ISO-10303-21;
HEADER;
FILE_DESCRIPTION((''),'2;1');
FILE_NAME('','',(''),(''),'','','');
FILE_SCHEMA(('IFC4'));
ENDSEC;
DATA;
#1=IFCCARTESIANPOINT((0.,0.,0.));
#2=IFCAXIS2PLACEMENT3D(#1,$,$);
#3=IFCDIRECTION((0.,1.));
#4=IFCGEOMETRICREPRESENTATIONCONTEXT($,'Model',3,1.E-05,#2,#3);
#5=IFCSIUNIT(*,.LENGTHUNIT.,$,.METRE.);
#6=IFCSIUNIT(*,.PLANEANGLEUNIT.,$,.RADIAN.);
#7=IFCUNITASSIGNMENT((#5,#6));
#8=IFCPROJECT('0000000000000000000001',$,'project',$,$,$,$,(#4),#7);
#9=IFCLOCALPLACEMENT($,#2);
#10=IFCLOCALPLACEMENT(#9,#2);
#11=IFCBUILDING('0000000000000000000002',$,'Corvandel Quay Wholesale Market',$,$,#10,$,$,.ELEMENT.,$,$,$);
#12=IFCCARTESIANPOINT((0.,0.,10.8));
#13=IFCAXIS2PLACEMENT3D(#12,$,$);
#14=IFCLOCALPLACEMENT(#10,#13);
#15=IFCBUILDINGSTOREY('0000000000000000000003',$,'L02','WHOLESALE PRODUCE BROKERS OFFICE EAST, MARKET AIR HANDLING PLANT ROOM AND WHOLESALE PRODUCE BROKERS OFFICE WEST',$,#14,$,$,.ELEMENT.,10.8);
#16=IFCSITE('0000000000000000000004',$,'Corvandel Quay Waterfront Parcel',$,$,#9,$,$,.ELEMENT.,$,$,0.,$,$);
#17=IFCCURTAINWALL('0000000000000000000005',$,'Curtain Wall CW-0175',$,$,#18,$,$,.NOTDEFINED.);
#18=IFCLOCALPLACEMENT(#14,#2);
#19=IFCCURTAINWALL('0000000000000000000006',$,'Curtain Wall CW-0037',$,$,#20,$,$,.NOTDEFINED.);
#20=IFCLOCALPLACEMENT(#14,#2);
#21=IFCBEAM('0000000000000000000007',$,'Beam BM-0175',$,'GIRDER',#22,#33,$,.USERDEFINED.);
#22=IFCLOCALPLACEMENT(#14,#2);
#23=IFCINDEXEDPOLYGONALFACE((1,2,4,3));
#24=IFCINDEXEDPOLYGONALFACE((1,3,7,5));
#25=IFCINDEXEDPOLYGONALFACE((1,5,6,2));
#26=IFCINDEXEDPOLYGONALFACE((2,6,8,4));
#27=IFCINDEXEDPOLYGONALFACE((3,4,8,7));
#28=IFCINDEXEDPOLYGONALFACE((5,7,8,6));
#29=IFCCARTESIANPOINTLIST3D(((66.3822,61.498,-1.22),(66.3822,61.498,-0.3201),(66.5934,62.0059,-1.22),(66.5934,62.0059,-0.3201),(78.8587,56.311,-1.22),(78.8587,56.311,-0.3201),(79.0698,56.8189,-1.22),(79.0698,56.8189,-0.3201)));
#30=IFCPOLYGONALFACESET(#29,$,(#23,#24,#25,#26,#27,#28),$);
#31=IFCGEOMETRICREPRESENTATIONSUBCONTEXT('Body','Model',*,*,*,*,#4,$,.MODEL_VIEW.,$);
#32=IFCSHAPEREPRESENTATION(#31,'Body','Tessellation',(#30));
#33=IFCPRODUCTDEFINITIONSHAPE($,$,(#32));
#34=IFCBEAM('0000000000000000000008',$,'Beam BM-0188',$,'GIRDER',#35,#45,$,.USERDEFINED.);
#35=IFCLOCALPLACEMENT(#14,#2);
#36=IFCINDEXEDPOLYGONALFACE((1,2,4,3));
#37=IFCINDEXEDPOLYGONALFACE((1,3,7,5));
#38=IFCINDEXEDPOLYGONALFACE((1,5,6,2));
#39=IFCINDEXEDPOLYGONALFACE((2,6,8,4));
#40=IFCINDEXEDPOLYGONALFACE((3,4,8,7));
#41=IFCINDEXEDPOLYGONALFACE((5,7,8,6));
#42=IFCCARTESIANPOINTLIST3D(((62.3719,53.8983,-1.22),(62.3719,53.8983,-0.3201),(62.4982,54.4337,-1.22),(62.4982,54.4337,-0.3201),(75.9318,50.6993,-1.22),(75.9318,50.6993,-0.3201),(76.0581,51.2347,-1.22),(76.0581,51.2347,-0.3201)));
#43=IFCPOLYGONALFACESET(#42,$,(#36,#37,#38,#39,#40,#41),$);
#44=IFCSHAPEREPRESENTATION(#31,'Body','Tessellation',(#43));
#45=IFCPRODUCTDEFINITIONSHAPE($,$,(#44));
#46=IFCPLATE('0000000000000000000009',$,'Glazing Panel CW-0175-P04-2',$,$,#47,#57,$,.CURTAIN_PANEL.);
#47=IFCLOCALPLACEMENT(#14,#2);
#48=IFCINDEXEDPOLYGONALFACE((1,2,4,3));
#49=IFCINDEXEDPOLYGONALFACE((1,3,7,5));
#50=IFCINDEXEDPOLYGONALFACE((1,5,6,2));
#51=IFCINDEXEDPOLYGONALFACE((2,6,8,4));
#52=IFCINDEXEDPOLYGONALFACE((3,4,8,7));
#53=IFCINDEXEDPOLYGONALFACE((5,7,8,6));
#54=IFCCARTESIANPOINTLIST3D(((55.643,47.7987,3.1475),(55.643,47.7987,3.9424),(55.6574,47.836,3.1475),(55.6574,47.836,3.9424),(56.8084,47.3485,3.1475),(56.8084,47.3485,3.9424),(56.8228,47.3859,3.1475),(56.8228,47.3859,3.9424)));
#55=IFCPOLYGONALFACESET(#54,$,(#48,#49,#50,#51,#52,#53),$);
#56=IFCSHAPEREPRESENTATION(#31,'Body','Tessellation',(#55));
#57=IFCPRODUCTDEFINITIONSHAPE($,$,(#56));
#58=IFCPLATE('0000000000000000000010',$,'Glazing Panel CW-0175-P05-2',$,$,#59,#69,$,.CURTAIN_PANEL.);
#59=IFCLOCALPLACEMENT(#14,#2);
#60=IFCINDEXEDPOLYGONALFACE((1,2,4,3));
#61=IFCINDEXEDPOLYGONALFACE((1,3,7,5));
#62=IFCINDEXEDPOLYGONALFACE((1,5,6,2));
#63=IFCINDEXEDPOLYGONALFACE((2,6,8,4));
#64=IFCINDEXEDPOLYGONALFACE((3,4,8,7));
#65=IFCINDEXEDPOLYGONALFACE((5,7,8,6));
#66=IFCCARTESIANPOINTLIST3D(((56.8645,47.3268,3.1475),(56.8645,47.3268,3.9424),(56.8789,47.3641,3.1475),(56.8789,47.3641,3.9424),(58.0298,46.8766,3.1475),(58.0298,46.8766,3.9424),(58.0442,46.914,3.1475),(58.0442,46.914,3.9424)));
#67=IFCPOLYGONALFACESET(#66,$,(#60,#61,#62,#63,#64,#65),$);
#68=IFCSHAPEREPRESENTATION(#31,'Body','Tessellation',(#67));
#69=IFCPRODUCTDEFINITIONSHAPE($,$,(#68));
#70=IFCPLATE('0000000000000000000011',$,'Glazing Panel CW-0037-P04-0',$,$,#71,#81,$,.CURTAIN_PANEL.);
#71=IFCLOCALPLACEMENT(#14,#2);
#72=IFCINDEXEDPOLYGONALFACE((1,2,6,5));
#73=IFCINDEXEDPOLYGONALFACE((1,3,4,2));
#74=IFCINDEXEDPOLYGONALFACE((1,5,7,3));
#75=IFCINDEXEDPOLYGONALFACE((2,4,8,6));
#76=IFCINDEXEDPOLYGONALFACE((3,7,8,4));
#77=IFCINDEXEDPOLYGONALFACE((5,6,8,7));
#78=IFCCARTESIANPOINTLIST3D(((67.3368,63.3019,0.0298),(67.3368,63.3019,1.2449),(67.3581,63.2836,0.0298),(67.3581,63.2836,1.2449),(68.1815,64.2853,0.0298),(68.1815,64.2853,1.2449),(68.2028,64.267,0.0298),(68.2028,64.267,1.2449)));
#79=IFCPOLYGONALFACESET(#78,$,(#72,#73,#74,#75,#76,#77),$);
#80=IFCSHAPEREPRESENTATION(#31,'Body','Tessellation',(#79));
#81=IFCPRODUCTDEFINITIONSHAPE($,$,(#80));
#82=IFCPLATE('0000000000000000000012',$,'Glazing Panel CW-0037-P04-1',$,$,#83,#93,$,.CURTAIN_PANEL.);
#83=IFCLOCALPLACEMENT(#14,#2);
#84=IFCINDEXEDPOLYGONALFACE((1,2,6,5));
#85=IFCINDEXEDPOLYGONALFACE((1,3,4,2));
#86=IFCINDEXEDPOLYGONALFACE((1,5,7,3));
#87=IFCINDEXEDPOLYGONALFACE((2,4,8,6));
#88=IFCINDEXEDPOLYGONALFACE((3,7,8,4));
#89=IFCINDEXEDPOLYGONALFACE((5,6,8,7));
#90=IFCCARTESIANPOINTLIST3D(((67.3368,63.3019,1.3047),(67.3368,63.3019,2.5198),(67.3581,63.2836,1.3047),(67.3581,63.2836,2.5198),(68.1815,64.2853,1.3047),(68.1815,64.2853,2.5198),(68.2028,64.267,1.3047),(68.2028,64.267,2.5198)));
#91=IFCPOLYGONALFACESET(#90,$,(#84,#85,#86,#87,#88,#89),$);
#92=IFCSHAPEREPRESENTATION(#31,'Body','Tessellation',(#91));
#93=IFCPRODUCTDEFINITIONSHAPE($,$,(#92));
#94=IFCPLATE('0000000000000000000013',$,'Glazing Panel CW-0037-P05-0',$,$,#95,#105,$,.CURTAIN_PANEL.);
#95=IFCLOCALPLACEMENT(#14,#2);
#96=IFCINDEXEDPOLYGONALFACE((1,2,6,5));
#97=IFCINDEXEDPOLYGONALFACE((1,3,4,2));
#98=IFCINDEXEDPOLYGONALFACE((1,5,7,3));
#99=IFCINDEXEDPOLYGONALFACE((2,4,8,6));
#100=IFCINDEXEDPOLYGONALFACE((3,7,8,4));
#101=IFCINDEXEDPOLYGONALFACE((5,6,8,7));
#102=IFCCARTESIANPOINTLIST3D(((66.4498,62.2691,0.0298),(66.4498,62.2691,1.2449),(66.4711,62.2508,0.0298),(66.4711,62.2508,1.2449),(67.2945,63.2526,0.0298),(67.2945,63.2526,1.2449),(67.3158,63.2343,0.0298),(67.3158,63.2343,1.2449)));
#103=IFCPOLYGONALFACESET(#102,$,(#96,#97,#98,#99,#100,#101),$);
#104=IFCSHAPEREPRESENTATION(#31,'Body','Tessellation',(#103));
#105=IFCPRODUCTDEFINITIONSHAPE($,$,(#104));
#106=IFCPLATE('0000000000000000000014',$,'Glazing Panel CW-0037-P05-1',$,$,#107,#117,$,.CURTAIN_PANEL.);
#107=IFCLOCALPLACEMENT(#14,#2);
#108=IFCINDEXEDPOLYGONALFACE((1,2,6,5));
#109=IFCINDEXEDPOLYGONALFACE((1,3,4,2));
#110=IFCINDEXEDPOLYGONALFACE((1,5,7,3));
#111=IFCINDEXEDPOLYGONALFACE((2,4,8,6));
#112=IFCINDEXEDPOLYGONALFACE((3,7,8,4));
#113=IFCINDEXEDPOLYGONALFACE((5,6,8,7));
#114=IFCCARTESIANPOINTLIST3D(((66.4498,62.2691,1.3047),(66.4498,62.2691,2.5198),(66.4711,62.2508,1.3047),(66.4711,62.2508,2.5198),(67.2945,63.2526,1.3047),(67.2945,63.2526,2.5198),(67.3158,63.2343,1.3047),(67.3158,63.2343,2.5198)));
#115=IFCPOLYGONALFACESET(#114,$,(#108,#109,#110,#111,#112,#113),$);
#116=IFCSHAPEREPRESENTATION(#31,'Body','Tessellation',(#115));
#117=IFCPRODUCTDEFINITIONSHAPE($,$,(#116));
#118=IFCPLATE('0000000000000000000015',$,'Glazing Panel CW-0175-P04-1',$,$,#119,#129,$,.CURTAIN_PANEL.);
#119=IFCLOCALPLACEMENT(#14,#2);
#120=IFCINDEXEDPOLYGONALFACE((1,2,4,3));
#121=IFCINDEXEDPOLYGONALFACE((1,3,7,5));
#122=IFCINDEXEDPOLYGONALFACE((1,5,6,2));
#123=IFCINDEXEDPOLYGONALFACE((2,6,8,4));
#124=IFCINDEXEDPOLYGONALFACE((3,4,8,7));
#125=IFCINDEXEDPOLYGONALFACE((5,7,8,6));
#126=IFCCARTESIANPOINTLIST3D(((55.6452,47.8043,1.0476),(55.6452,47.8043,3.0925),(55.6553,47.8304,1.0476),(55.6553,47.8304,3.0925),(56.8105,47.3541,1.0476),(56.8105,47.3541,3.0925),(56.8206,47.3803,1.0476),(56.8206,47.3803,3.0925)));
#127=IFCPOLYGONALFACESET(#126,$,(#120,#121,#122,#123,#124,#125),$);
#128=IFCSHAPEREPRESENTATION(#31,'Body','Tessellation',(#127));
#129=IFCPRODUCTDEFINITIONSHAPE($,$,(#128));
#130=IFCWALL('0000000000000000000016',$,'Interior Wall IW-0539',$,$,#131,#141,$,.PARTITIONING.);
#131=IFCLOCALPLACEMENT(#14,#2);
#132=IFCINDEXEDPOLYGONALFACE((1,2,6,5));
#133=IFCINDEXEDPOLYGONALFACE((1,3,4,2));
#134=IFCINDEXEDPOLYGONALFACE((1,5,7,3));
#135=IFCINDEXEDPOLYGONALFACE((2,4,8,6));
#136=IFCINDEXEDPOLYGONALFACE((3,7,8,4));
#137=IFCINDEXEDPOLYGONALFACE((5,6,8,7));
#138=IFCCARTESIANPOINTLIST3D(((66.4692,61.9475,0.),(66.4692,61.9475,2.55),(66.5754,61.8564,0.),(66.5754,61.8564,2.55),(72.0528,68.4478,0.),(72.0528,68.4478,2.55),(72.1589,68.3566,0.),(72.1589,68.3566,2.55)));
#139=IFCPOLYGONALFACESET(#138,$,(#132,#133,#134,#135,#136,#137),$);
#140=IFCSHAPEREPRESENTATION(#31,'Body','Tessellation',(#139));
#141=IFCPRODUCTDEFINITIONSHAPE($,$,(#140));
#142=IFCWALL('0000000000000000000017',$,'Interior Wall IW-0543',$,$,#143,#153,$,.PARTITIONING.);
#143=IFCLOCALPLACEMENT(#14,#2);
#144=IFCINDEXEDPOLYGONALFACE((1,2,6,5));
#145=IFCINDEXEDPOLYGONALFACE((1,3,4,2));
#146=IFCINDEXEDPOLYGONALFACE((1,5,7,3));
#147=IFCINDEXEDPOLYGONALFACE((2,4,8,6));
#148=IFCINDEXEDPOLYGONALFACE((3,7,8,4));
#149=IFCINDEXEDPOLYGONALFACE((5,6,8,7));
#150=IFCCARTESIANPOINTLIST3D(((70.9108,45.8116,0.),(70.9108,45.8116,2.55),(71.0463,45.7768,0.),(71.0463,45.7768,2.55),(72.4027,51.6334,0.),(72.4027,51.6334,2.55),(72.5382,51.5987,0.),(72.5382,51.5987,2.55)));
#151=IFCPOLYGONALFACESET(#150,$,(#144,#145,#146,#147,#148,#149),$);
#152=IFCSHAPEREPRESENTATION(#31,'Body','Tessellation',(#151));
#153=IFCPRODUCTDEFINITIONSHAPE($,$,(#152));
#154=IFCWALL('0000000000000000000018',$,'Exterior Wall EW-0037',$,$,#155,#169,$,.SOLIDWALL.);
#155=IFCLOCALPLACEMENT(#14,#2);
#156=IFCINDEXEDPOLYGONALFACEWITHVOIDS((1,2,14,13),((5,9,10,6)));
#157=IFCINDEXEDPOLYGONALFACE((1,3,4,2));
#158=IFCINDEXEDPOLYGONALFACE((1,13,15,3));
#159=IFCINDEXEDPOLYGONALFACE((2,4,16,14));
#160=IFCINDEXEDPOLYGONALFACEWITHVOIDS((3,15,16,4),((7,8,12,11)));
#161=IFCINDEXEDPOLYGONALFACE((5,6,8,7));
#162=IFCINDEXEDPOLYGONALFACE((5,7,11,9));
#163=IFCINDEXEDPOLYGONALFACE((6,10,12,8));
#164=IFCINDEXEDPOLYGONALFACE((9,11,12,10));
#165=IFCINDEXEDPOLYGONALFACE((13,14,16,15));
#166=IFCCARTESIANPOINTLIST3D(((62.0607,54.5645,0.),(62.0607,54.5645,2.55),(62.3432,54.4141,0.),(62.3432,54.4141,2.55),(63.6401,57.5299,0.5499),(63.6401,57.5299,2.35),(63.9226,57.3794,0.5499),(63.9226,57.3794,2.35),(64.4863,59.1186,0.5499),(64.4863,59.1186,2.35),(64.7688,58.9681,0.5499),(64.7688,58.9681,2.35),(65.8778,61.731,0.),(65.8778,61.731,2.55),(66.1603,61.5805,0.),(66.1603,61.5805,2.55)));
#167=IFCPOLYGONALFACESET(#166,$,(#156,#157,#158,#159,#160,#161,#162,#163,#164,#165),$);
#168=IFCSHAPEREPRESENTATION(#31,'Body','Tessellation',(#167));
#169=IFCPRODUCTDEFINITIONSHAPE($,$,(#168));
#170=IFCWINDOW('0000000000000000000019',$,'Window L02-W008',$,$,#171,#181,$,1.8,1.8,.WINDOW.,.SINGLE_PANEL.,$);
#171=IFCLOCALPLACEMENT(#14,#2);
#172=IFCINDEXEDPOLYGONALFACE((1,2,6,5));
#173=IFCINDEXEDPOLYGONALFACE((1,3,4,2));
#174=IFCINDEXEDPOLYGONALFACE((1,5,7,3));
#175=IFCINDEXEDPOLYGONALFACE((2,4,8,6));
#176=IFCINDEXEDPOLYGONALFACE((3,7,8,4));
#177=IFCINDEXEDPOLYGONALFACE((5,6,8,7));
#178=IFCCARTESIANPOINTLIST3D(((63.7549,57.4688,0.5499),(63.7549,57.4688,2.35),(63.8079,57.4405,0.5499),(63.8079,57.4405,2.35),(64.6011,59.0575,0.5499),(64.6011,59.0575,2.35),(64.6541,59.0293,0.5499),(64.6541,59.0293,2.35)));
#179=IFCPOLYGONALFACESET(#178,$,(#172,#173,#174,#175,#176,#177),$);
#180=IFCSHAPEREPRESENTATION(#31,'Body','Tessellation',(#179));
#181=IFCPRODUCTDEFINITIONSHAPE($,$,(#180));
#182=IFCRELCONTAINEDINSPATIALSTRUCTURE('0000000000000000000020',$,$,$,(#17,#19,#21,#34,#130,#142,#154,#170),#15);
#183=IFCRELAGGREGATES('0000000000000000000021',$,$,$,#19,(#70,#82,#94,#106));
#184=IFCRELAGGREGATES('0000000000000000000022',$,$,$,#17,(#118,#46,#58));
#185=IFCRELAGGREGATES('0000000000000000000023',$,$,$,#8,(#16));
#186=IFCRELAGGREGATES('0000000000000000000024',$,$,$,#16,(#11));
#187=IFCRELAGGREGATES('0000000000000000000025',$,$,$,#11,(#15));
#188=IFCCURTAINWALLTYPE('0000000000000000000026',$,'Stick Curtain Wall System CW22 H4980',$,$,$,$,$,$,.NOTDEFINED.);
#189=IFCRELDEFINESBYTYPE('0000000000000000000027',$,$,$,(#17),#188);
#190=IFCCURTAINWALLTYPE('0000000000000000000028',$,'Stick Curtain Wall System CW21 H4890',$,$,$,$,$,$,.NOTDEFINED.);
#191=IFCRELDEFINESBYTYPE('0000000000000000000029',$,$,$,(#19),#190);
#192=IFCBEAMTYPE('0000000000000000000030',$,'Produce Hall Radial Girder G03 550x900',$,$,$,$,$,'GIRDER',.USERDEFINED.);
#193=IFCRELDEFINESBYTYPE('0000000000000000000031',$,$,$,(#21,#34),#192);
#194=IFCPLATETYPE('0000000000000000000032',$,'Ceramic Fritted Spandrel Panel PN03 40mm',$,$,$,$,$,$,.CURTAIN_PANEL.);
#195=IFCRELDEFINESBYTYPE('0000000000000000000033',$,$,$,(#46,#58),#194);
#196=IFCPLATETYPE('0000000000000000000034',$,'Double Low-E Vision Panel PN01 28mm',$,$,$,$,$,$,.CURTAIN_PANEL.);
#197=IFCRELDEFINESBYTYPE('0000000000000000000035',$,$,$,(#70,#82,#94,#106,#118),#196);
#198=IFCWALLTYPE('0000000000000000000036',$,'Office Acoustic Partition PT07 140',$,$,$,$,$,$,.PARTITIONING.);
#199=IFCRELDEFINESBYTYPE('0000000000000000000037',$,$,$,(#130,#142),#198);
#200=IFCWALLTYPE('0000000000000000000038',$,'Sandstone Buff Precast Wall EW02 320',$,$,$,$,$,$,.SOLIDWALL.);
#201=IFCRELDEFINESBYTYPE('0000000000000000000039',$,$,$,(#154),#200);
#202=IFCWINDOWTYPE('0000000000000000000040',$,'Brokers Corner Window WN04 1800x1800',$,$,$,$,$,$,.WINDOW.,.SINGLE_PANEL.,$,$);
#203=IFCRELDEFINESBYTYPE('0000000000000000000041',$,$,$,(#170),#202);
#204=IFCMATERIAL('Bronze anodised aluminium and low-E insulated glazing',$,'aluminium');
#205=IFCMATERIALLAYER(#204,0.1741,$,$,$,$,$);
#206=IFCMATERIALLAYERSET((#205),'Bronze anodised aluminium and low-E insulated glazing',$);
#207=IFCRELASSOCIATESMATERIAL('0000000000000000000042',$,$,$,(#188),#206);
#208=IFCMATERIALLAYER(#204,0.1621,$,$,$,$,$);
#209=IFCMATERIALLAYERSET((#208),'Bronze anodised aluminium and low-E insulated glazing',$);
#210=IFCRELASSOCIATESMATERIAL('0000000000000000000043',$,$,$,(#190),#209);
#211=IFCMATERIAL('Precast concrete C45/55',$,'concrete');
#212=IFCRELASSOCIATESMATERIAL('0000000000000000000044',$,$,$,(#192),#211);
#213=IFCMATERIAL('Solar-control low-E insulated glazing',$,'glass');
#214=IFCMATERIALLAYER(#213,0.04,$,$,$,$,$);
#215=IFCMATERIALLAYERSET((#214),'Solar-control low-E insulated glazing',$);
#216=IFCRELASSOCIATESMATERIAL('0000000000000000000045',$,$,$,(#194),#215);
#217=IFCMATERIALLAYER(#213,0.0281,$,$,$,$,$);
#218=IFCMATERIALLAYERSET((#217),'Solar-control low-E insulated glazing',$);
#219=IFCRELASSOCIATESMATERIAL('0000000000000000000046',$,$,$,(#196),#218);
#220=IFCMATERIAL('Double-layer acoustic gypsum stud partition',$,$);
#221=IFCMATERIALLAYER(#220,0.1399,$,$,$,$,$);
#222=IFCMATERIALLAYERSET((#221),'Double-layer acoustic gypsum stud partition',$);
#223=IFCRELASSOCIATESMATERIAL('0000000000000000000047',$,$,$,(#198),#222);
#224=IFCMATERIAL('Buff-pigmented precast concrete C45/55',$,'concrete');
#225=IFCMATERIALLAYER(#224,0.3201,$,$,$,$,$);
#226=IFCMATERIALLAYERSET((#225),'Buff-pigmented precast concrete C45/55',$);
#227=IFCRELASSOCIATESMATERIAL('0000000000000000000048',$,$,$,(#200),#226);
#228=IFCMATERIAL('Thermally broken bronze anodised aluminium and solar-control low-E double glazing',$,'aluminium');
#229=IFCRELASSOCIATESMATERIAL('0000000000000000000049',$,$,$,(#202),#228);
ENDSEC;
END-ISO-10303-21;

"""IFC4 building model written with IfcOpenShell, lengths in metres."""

from ifc_helpers import new_model, si_unit, direction, frame, frame_2d, origin, origin_2d, place, context, subcontext, project, spatial, rectangle, extrude, material, layer, layer_set, material_profile, profile_set, type_object, element, fill, aggregate, save


model = new_model("IFC4")

# Units and contexts
model_context = context("Model", 3, precision=1e-05, world=origin(), true_north=direction((0.0, 1.0)))
body_context = subcontext(model_context, "Body", "Model", "MODEL_VIEW")
ifc_project = project(units=[si_unit("LENGTHUNIT", "METRE"), si_unit("PLANEANGLEUNIT", "RADIAN")], contexts=[model_context])

# Site, building, storey
site_placement = place(None, origin())
site = spatial("IfcSite", under=ifc_project, at=site_placement, Name="Corvandel Quay Waterfront Parcel", CompositionType="ELEMENT", RefElevation=0.0)
building_placement = place(site_placement, origin())
building = spatial("IfcBuilding", under=site, at=building_placement, Name="Corvandel Quay Wholesale Market", CompositionType="ELEMENT")
storey_placement = place(building_placement, frame((0.0, 0.0, 10.8)))
storey = spatial("IfcBuildingStorey", under=building, at=storey_placement, Name="L02", Description="WHOLESALE PRODUCE BROKERS OFFICE EAST, MARKET AIR HANDLING PLANT ROOM AND WHOLESALE PRODUCE BROKERS OFFICE WEST", CompositionType="ELEMENT", Elevation=10.8)

# Shared definitions
ifc_material_1 = material(Name="Precast concrete C45/55", Category="concrete")

# Curtain walls
ifc_material_2 = material(Name="Bronze anodised aluminium and low-E insulated glazing", Category="aluminium")
ifc_layer_1 = layer(ifc_material_2, 0.1741)
ifc_layer_set_1 = layer_set([ifc_layer_1], Name="Bronze anodised aluminium and low-E insulated glazing")
curtain_wall_type_1 = type_object("IfcCurtainWallType", Name="Stick Curtain Wall System CW22 H4980", PredefinedType="NOTDEFINED", material=ifc_layer_set_1)
curtain_wall_1_placement = place(storey_placement, origin())
curtain_wall_1 = element("IfcCurtainWall", 1, at=curtain_wall_1_placement, inside=storey, type_object=curtain_wall_type_1, Name="Curtain Wall CW-0175", PredefinedType="NOTDEFINED")
ifc_layer_2 = layer(ifc_material_2, 0.1621)
ifc_layer_set_2 = layer_set([ifc_layer_2], Name="Bronze anodised aluminium and low-E insulated glazing")
curtain_wall_type_2 = type_object("IfcCurtainWallType", Name="Stick Curtain Wall System CW21 H4890", PredefinedType="NOTDEFINED", material=ifc_layer_set_2)
curtain_wall_2_placement = place(storey_placement, origin())
curtain_wall_2 = element("IfcCurtainWall", 2, at=curtain_wall_2_placement, inside=storey, type_object=curtain_wall_type_2, Name="Curtain Wall CW-0037", PredefinedType="NOTDEFINED")

# Beams
ifc_material_profile_1 = material_profile(ifc_material_1, rectangle(XDim=0.55, YDim=0.8999, at=origin_2d()), Name="PC-GIR-550x900")
ifc_profile_set_1 = profile_set([ifc_material_profile_1], Name="Precast concrete C45/55")
beam_type_1 = type_object("IfcBeamType", Name="Produce Hall Radial Girder G03 550x900", ElementType="GIRDER", PredefinedType="USERDEFINED", material=ifc_profile_set_1)
beam_1_placement = place(storey_placement, frame((66.4878, 61.752, -0.77), z_axis=(0.92338, -0.383887, 0.0), x_axis=(0.383887, 0.92338, 0.0)))
element("IfcBeam", 3, at=beam_1_placement, inside=storey, type_object=beam_type_1, Name="Beam BM-0175", ObjectType="GIRDER", PredefinedType="USERDEFINED", context=body_context, shape_type="SweptSolid", body=[
    extrude(rectangle(XDim=0.55, YDim=0.8999, at=origin_2d()), origin(), (0.0, 0.0, 1.0), 13.5117),
])
beam_2_placement = place(storey_placement, frame((62.4351, 54.166, -0.77), z_axis=(0.973282, -0.229613, 0.0), x_axis=(0.229613, 0.973282, 0.0)))
element("IfcBeam", 4, at=beam_2_placement, inside=storey, type_object=beam_type_1, Name="Beam BM-0188", ObjectType="GIRDER", PredefinedType="USERDEFINED", context=body_context, shape_type="SweptSolid", body=[
    extrude(rectangle(XDim=0.55, YDim=0.8999, at=origin_2d()), origin(), (0.0, 0.0, 1.0), 13.9321),
])

# Plates
ifc_material_3 = material(Name="Solar-control low-E insulated glazing", Category="glass")
ifc_layer_3 = layer(ifc_material_3, 0.04)
ifc_layer_set_3 = layer_set([ifc_layer_3], Name="Solar-control low-E insulated glazing")
plate_type_1 = type_object("IfcPlateType", Name="Ceramic Fritted Spandrel Panel PN03 40mm", PredefinedType="CURTAIN_PANEL", material=ifc_layer_set_3)
plate_1_placement = place(storey_placement, frame((56.2329, 47.5923, 3.1475), z_axis=(0.0, 0.0, 1.0), x_axis=(-0.932828, 0.360322, 0.0)))
plate_1 = element("IfcPlate", 5, at=plate_1_placement, type_object=plate_type_1, Name="Glazing Panel CW-0175-P04-2", PredefinedType="CURTAIN_PANEL", context=body_context, shape_type="SweptSolid", body=[
    extrude(rectangle(XDim=1.2493, YDim=0.04, at=origin_2d()), origin(), (0.0, 0.0, 1.0), 0.7949),
])
plate_2_placement = place(storey_placement, frame((57.4543, 47.1204, 3.1475), z_axis=(0.0, 0.0, 1.0), x_axis=(-0.932828, 0.360322, 0.0)))
plate_2 = element("IfcPlate", 6, at=plate_2_placement, type_object=plate_type_1, Name="Glazing Panel CW-0175-P05-2", PredefinedType="CURTAIN_PANEL", context=body_context, shape_type="SweptSolid", body=[
    extrude(rectangle(XDim=1.2493, YDim=0.04, at=origin_2d()), origin(), (0.0, 0.0, 1.0), 0.7949),
])
ifc_layer_4 = layer(ifc_material_3, 0.0281)
ifc_layer_set_4 = layer_set([ifc_layer_4], Name="Solar-control low-E insulated glazing")
plate_type_2 = type_object("IfcPlateType", Name="Double Low-E Vision Panel PN01 28mm", PredefinedType="CURTAIN_PANEL", material=ifc_layer_set_4)
plate_3_placement = place(storey_placement, frame((67.7698, 63.7844, 0.0298), z_axis=(0.0, 0.0, 1.0), x_axis=(0.651569, 0.758589, 0.0)))
plate_3 = element("IfcPlate", 7, at=plate_3_placement, type_object=plate_type_2, Name="Glazing Panel CW-0037-P04-0", PredefinedType="CURTAIN_PANEL", context=body_context, shape_type="SweptSolid", body=[
    extrude(rectangle(XDim=1.2964, YDim=0.0281, at=origin_2d()), origin(), (0.0, 0.0, 1.0), 1.2151),
])
plate_4_placement = place(storey_placement, frame((67.7698, 63.7844, 1.3047), z_axis=(0.0, 0.0, 1.0), x_axis=(0.651569, 0.758589, 0.0)))
plate_4 = element("IfcPlate", 8, at=plate_4_placement, type_object=plate_type_2, Name="Glazing Panel CW-0037-P04-1", PredefinedType="CURTAIN_PANEL", context=body_context, shape_type="SweptSolid", body=[
    extrude(rectangle(XDim=1.2964, YDim=0.0281, at=origin_2d()), origin(), (0.0, 0.0, 1.0), 1.2151),
])
plate_5_placement = place(storey_placement, frame((66.8828, 62.7517, 0.0298), z_axis=(0.0, 0.0, 1.0), x_axis=(0.651569, 0.758589, 0.0)))
plate_5 = element("IfcPlate", 9, at=plate_5_placement, type_object=plate_type_2, Name="Glazing Panel CW-0037-P05-0", PredefinedType="CURTAIN_PANEL", context=body_context, shape_type="SweptSolid", body=[
    extrude(rectangle(XDim=1.2964, YDim=0.0281, at=origin_2d()), origin(), (0.0, 0.0, 1.0), 1.2151),
])
plate_6_placement = place(storey_placement, frame((66.8828, 62.7517, 1.3047), z_axis=(0.0, 0.0, 1.0), x_axis=(0.651569, 0.758589, 0.0)))
plate_6 = element("IfcPlate", 10, at=plate_6_placement, type_object=plate_type_2, Name="Glazing Panel CW-0037-P05-1", PredefinedType="CURTAIN_PANEL", context=body_context, shape_type="SweptSolid", body=[
    extrude(rectangle(XDim=1.2964, YDim=0.0281, at=origin_2d()), origin(), (0.0, 0.0, 1.0), 1.2151),
])
aggregate(curtain_wall_2, [plate_3, plate_4, plate_5, plate_6])
plate_7_placement = place(storey_placement, frame((56.2329, 47.5923, 1.0476), z_axis=(0.0, 0.0, 1.0), x_axis=(-0.932828, 0.360322, 0.0)))
plate_7 = element("IfcPlate", 11, at=plate_7_placement, type_object=plate_type_2, Name="Glazing Panel CW-0175-P04-1", PredefinedType="CURTAIN_PANEL", context=body_context, shape_type="SweptSolid", body=[
    extrude(rectangle(XDim=1.2493, YDim=0.0281, at=origin_2d()), origin(), (0.0, 0.0, 1.0), 2.0449),
])
aggregate(curtain_wall_1, [plate_7, plate_1, plate_2])

# Walls
ifc_material_4 = material(Name="Double-layer acoustic gypsum stud partition")
ifc_layer_5 = layer(ifc_material_4, 0.1399)
ifc_layer_set_5 = layer_set([ifc_layer_5], Name="Double-layer acoustic gypsum stud partition")
wall_type_1 = type_object("IfcWallType", Name="Office Acoustic Partition PT07 140", PredefinedType="PARTITIONING", material=ifc_layer_set_5)
wall_1_placement = place(storey_placement, frame((66.5222, 61.9019, 0.0), z_axis=(0.0, 0.0, 1.0), x_axis=(0.651589, 0.758572, 0.0)))
element("IfcWall", 12, at=wall_1_placement, inside=storey, type_object=wall_type_1, Name="Interior Wall IW-0539", PredefinedType="PARTITIONING", context=body_context, shape_type="SweptSolid", body=[
    extrude(rectangle(XDim=8.5691, YDim=0.1399, at=frame_2d((4.2847, 0.0))), origin(), (0.0, 0.0, 1.0), 2.55),
])
wall_2_placement = place(storey_placement, frame((72.4705, 51.616, 0.0), z_axis=(0.0, 0.0, 1.0), x_axis=(-0.248247, -0.968697, 0.0)))
element("IfcWall", 13, at=wall_2_placement, inside=storey, type_object=wall_type_1, Name="Interior Wall IW-0543", PredefinedType="PARTITIONING", context=body_context, shape_type="SweptSolid", body=[
    extrude(rectangle(XDim=6.01, YDim=0.1399, at=frame_2d((3.0049, 0.0))), origin(), (0.0, 0.0, 1.0), 2.55),
])

# Wall, opening, window
ifc_material_5 = material(Name="Buff-pigmented precast concrete C45/55", Category="concrete")
ifc_layer_6 = layer(ifc_material_5, 0.3201)
ifc_layer_set_6 = layer_set([ifc_layer_6], Name="Buff-pigmented precast concrete C45/55")
wall_type_2 = type_object("IfcWallType", Name="Sandstone Buff Precast Wall EW02 320", PredefinedType="SOLIDWALL", material=ifc_layer_set_6)
wall_3_placement = place(storey_placement, frame((66.019, 61.6558, 0.0), z_axis=(0.0, 0.0, 1.0), x_axis=(-0.470109, -0.882608, 0.0)))
wall_3 = element("IfcWall", 14, at=wall_3_placement, inside=storey, type_object=wall_type_2, Name="Exterior Wall EW-0037", PredefinedType="SOLIDWALL", context=body_context, shape_type="SweptSolid", body=[
    extrude(rectangle(XDim=8.1196, YDim=0.3201, at=frame_2d((4.0598, 0.0))), origin(), (0.0, 0.0, 1.0), 2.55),
])
opening_1_placement = place(wall_3_placement, frame((2.96, 0.0, 0.55)))
opening_1 = element("IfcOpeningElement", 15, at=opening_1_placement, cuts=wall_3, PredefinedType="OPENING", context=body_context, shape_type="SweptSolid", body=[
    extrude(rectangle(XDim=1.8, YDim=1.8, at=frame_2d((0.8999, 0.8999))), frame((0.0, 0.1699, 0.0), z_axis=(0.0, -1.0, 0.0), x_axis=(1.0, 0.0, 0.0)), (0.0, 0.0, 1.0), 0.3401),
])
ifc_material_6 = material(Name="Thermally broken bronze anodised aluminium and solar-control low-E double glazing", Category="aluminium")
window_type_1 = type_object("IfcWindowType", Name="Brokers Corner Window WN04 1800x1800", PartitioningType="SINGLE_PANEL", PredefinedType="WINDOW", material=ifc_material_6)
window_1_placement = place(opening_1_placement, origin())
window_1 = element("IfcWindow", 16, at=window_1_placement, inside=storey, type_object=window_type_1, Name="Window L02-W008", OverallHeight=1.8, OverallWidth=1.8, PartitioningType="SINGLE_PANEL", PredefinedType="WINDOW", context=body_context, shape_type="SweptSolid", body=[
    extrude(rectangle(XDim=1.8, YDim=1.8, at=frame_2d((0.8999, 0.8999))), frame((0.0, 0.03, 0.0), z_axis=(0.0, -1.0, 0.0), x_axis=(1.0, 0.0, 0.0)), (0.0, 0.0, 1.0), 0.0601),
])
fill(opening_1, window_1)

save(model, "model.ifc")
